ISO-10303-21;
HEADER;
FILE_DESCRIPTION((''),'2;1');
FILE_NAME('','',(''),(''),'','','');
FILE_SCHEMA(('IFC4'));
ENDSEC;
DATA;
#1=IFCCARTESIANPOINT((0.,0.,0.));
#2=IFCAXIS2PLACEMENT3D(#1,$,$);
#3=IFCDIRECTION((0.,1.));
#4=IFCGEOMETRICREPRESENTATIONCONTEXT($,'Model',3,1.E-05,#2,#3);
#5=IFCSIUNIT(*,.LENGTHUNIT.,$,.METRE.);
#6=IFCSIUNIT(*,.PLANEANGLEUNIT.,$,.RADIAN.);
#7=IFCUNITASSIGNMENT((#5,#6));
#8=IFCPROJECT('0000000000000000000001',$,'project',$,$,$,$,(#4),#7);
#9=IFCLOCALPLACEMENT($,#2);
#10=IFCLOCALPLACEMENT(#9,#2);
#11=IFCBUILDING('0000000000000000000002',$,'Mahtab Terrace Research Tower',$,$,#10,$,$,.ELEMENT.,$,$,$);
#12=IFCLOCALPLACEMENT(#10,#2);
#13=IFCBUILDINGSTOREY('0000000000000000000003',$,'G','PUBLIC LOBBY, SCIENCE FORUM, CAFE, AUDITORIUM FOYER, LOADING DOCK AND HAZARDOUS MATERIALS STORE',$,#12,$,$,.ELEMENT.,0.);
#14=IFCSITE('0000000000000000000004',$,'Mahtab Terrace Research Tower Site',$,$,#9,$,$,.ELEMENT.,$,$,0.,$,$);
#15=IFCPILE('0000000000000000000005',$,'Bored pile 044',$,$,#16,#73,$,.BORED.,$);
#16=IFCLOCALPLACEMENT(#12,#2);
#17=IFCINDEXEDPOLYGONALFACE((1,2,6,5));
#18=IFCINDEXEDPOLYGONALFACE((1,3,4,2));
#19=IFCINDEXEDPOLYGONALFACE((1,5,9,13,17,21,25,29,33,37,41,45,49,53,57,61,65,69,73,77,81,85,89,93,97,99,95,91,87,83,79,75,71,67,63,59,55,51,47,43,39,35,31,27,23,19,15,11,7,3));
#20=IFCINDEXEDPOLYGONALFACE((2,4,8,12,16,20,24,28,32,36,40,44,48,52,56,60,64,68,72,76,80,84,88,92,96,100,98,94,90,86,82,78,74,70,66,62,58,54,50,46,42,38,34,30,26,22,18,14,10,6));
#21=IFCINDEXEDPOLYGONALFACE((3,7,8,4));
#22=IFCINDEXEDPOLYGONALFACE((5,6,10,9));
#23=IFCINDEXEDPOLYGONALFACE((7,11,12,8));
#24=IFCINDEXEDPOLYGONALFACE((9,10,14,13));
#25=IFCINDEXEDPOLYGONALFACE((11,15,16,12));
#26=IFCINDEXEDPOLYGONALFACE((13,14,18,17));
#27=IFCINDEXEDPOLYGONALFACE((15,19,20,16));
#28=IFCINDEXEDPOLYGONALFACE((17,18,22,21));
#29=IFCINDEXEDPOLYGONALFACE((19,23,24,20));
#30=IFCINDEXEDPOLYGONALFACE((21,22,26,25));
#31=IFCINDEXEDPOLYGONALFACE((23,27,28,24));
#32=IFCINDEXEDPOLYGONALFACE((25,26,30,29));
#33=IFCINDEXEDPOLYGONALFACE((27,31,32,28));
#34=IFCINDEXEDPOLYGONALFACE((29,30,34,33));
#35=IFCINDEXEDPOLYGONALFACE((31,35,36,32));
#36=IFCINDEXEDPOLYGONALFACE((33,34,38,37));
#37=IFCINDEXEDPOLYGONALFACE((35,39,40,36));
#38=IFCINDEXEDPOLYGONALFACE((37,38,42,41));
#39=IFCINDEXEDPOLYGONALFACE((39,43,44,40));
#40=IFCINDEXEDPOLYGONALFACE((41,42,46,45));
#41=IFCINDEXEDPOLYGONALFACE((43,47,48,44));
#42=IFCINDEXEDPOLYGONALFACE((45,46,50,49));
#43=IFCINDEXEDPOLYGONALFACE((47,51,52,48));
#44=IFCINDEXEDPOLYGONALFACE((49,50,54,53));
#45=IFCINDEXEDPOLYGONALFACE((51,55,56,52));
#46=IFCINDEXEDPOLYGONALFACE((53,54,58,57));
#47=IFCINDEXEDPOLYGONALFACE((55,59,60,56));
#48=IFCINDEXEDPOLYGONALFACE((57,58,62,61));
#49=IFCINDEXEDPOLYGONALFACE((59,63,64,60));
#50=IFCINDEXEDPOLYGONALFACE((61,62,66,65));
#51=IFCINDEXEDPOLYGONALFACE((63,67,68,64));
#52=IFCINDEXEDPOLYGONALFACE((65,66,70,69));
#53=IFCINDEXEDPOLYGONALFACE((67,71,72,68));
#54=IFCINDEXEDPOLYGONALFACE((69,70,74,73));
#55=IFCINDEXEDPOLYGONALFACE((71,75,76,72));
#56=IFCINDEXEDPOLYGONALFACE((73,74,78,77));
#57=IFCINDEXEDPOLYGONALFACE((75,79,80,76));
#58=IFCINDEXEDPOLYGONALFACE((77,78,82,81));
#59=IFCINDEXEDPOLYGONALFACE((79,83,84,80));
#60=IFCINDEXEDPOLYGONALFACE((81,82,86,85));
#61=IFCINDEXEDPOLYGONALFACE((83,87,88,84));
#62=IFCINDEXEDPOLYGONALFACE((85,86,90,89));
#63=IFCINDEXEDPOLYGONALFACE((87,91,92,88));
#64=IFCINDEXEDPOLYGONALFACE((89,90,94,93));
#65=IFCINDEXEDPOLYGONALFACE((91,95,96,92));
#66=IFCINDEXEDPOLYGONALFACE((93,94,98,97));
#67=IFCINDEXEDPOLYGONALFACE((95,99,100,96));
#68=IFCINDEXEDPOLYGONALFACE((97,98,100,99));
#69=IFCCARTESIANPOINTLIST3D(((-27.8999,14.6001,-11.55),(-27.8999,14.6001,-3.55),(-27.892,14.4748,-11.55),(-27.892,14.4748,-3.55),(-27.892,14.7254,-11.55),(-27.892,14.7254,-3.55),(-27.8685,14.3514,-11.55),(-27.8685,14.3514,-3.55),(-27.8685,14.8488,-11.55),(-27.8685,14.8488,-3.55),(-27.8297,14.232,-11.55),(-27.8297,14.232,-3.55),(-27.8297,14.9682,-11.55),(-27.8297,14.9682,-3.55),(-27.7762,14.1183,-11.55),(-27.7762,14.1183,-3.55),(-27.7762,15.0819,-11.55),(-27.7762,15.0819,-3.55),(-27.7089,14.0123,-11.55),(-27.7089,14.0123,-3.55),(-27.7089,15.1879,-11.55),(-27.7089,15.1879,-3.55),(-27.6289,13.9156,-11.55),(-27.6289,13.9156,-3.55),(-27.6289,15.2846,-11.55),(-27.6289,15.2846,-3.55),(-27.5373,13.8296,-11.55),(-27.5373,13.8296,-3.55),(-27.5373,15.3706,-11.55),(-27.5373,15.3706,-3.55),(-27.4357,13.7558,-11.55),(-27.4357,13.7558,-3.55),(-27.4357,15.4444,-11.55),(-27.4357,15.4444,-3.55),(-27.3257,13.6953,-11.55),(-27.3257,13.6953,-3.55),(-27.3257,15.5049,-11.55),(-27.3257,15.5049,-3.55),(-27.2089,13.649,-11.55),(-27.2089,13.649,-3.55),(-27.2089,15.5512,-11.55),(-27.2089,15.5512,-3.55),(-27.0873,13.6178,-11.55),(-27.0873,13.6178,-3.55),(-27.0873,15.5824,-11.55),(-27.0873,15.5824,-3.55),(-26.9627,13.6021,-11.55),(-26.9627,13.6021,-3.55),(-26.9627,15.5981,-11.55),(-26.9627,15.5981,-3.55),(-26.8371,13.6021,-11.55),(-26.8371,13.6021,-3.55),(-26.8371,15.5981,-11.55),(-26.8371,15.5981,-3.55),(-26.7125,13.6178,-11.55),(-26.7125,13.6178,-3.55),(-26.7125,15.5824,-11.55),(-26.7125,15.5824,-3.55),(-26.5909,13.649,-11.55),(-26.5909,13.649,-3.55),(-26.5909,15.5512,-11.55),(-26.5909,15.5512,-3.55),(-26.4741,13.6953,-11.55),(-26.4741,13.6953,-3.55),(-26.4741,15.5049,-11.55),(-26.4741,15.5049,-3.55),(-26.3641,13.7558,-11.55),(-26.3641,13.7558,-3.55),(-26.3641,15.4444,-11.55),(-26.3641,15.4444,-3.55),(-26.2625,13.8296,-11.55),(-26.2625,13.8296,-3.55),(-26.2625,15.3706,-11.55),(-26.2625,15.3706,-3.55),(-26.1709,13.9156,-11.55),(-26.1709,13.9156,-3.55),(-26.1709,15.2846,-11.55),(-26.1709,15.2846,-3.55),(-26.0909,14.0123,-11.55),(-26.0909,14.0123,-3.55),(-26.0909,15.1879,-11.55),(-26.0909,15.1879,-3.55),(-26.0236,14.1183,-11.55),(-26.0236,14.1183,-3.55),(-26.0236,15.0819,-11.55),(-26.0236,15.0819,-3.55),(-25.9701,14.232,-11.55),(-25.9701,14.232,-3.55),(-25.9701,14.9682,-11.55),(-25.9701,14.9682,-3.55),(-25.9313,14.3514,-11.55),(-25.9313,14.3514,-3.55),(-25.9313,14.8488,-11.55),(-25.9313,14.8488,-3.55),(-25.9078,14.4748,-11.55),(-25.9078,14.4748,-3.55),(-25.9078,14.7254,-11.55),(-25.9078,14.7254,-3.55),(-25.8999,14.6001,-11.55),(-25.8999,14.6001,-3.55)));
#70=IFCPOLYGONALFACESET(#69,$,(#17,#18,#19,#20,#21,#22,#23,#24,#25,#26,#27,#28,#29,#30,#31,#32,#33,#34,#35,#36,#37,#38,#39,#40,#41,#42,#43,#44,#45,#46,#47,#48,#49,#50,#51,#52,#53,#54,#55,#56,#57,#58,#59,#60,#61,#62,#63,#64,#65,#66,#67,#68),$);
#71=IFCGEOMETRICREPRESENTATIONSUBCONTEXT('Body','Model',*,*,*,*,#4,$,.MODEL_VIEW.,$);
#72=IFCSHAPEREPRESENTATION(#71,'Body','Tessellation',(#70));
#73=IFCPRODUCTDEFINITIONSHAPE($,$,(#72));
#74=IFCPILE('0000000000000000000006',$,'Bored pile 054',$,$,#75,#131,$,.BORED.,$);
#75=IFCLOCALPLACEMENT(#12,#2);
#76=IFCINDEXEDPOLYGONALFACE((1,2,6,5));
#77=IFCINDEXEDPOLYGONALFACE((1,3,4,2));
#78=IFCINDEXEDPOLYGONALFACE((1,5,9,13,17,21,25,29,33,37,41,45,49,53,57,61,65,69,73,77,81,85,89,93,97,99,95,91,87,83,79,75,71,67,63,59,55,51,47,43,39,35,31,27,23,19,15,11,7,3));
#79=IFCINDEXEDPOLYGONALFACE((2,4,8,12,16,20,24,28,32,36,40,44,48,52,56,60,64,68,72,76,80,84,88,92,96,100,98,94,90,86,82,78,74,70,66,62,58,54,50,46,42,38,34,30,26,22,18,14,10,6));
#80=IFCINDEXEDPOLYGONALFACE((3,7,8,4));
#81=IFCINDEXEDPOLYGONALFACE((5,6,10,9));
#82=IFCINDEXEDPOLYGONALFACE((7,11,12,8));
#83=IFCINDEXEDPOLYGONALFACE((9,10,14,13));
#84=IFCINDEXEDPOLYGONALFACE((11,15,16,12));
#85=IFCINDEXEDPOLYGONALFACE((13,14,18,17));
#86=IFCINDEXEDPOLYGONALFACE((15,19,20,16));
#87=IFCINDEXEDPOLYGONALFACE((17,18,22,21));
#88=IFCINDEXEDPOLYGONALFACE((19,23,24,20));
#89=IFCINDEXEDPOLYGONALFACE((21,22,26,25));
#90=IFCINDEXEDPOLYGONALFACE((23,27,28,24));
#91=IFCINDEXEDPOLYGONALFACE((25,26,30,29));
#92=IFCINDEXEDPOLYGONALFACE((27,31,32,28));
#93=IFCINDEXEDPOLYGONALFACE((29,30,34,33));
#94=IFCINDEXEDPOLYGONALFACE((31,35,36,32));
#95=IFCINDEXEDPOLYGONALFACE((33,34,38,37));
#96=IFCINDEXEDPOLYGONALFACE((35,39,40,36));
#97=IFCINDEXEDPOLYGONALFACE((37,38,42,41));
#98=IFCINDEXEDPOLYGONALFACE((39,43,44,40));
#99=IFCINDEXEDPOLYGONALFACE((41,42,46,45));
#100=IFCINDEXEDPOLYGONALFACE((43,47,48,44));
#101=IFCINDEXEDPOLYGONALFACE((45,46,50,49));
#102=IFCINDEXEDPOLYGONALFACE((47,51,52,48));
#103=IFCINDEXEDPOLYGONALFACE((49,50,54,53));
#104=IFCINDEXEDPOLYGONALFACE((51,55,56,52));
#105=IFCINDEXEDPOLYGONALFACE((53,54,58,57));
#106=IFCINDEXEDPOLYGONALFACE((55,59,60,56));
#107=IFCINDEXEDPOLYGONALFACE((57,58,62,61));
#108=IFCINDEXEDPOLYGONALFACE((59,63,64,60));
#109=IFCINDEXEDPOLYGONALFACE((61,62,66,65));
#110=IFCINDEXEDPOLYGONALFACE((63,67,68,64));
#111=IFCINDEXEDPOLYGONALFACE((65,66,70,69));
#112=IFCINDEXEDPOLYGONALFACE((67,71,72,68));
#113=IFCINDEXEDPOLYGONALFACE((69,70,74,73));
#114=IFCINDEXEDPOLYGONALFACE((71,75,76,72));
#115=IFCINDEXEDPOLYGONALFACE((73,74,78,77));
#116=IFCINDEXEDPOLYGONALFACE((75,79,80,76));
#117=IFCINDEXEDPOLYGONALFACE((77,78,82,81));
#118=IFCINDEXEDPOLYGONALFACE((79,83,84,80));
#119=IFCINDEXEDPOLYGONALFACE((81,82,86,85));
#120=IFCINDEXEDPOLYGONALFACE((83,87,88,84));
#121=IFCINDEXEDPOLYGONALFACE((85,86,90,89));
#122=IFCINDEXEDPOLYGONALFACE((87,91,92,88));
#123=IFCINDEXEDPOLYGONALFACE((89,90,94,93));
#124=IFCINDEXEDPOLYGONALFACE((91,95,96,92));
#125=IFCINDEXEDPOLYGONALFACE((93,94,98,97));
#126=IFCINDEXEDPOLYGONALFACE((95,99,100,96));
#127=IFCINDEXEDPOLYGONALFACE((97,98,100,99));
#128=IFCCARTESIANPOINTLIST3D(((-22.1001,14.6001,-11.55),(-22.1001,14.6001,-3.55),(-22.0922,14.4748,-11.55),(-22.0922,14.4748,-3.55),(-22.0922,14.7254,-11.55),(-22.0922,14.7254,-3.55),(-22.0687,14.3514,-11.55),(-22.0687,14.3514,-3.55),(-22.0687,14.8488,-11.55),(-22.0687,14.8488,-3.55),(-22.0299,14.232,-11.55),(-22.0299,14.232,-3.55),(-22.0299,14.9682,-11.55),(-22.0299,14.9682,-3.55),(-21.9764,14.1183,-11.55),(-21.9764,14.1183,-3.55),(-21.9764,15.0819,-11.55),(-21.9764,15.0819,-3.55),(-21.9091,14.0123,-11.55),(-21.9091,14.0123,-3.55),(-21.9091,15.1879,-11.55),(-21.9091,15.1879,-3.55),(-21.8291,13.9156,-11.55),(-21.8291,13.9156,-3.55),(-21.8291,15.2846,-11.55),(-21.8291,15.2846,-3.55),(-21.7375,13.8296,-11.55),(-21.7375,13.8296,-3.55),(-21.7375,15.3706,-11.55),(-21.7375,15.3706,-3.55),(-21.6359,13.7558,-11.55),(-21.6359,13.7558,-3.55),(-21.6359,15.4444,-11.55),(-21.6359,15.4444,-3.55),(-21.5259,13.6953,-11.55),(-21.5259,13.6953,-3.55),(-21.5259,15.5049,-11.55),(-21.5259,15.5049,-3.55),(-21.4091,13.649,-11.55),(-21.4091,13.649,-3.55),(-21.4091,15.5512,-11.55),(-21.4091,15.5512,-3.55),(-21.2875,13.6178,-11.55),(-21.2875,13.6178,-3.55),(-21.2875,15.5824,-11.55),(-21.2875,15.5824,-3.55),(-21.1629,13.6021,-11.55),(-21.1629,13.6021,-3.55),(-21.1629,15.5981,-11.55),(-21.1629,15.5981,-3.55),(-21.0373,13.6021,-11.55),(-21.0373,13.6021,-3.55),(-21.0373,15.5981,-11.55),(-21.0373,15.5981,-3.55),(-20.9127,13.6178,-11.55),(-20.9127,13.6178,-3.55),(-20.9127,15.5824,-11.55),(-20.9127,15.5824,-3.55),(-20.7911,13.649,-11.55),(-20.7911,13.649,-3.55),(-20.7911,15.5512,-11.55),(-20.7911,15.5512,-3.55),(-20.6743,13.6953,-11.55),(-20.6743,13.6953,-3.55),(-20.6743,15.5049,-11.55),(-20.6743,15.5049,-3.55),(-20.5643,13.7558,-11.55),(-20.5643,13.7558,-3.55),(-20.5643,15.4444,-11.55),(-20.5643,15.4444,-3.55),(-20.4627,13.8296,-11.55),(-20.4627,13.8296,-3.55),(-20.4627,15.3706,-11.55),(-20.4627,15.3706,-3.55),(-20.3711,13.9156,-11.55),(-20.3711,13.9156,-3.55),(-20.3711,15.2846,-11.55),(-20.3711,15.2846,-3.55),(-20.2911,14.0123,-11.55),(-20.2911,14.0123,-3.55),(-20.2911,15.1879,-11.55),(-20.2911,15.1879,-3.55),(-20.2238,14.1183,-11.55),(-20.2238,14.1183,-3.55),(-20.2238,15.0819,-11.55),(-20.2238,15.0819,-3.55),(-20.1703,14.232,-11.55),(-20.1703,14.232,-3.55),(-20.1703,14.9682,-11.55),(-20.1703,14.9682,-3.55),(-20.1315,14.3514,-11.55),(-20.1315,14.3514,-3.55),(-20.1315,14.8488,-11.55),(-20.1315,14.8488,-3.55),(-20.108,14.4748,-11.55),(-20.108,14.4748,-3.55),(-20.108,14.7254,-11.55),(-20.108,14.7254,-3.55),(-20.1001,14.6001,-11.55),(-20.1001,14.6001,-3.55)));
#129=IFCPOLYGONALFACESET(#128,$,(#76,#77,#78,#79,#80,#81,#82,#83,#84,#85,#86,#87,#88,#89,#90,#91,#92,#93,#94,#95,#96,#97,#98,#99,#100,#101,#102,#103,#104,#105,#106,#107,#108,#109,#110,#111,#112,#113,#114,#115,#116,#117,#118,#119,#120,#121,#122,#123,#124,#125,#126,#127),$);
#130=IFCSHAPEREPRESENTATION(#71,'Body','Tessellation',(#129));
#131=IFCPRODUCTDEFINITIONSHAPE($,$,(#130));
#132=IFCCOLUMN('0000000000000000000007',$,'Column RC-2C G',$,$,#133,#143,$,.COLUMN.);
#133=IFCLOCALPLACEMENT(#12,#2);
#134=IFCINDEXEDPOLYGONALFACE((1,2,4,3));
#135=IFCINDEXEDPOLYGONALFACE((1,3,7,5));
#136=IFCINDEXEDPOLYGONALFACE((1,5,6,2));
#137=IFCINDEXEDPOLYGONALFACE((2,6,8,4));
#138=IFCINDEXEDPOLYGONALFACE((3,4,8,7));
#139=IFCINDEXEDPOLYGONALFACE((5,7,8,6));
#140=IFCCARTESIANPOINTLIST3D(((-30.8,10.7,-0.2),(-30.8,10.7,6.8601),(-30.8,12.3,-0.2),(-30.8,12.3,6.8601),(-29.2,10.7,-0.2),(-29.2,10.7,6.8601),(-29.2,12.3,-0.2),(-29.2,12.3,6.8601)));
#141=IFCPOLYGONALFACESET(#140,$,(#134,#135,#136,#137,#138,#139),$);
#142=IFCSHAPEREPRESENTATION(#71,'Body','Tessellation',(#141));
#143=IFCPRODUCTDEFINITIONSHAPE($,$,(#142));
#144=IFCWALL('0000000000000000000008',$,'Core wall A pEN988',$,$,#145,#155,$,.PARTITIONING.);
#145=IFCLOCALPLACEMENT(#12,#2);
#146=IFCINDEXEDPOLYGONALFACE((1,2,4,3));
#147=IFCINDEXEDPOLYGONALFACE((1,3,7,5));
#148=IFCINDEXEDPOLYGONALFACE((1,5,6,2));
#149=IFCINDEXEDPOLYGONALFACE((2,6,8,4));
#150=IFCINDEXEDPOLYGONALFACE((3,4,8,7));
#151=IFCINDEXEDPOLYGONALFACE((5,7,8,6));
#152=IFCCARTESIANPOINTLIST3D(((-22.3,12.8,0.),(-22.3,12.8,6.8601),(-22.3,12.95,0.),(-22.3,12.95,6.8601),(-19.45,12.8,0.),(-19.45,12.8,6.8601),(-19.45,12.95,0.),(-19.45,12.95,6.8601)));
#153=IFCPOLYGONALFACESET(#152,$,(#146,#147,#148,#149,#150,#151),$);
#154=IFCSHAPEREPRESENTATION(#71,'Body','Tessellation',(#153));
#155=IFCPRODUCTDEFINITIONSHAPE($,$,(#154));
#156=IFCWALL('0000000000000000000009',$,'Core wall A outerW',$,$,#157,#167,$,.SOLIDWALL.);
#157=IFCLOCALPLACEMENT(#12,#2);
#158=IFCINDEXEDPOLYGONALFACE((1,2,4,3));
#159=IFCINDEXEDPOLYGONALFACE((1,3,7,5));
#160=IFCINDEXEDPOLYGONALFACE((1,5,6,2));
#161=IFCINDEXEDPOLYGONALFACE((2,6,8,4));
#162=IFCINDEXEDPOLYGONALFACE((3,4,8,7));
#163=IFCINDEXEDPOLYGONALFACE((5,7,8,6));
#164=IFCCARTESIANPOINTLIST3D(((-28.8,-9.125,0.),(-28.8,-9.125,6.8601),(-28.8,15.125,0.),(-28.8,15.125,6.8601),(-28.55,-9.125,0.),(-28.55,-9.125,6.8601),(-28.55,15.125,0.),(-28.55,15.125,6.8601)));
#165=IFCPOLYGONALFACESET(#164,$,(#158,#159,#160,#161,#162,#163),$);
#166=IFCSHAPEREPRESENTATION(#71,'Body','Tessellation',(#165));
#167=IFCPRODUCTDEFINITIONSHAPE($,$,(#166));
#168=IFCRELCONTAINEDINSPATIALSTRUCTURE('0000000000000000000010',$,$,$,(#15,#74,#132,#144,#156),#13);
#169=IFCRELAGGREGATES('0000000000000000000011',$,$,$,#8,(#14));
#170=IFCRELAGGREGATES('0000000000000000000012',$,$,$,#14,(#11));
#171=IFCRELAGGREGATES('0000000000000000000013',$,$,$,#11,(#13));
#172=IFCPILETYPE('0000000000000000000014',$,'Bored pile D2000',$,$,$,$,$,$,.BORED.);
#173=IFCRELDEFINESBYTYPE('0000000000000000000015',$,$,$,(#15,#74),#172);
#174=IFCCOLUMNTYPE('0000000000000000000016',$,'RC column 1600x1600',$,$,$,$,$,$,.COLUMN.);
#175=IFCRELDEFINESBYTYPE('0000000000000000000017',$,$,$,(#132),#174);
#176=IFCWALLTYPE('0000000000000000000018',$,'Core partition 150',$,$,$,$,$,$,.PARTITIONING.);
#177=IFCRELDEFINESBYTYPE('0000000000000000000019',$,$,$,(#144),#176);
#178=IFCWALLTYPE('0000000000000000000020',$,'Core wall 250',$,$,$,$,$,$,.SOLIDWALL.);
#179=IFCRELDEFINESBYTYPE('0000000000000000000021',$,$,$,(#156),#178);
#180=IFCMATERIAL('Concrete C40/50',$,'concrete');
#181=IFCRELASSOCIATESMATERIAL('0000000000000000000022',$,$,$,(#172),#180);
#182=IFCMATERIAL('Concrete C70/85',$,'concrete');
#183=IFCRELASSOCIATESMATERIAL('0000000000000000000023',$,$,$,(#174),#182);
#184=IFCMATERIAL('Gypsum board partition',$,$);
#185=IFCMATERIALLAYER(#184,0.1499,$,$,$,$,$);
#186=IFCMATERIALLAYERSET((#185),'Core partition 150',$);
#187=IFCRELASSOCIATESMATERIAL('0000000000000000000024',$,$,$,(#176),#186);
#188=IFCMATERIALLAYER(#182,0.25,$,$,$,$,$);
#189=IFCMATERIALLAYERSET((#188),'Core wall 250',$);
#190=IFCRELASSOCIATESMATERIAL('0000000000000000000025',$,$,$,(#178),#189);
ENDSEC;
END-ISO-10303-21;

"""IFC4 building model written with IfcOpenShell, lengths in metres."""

from ifc_helpers import new_model, si_unit, direction, frame, frame_2d, origin, origin_2d, place, context, subcontext, project, spatial, rectangle, circle, extrude, material, layer, layer_set, material_profile, profile_set, type_object, element, save


model = new_model("IFC4")

# Units and contexts
model_context = context("Model", 3, precision=1e-05, world=origin(), true_north=direction((0.0, 1.0)))
body_context = subcontext(model_context, "Body", "Model", "MODEL_VIEW")
ifc_project = project(units=[si_unit("LENGTHUNIT", "METRE"), si_unit("PLANEANGLEUNIT", "RADIAN")], contexts=[model_context])

# Site, building, storey
site_placement = place(None, origin())
site = spatial("IfcSite", under=ifc_project, at=site_placement, Name="Mahtab Terrace Research Tower Site", CompositionType="ELEMENT", RefElevation=0.0)
building_placement = place(site_placement, origin())
building = spatial("IfcBuilding", under=site, at=building_placement, Name="Mahtab Terrace Research Tower", CompositionType="ELEMENT")
storey_placement = place(building_placement, origin())
storey = spatial("IfcBuildingStorey", under=building, at=storey_placement, Name="G", Description="PUBLIC LOBBY, SCIENCE FORUM, CAFE, AUDITORIUM FOYER, LOADING DOCK AND HAZARDOUS MATERIALS STORE", CompositionType="ELEMENT", Elevation=0.0)

# Piles
ifc_material_1 = material(Name="Concrete C40/50", Category="concrete")
ifc_material_profile_1 = material_profile(ifc_material_1, circle(Radius=1.0, at=origin_2d()), Name="Bored pile D2000")
ifc_profile_set_1 = profile_set([ifc_material_profile_1], Name="Concrete C40/50")
pile_type = type_object("IfcPileType", Name="Bored pile D2000", PredefinedType="BORED", material=ifc_profile_set_1)
for number, where, z_axis, x_axis, name in (
    (1, (-26.8999, 14.6001, -3.55), (0.0, 0.0, -1.0), (1.0, 0.0, 0.0), "Bored pile 044"),
    (2, (-21.1001, 14.6001, -3.55), (0.0, 0.0, -1.0), (1.0, 0.0, 0.0), "Bored pile 054"),
):
    element("IfcPile", number, at=place(storey_placement, frame(where, z_axis=z_axis, x_axis=x_axis)), inside=storey, type_object=pile_type, Name=name, PredefinedType="BORED", context=body_context, shape_type="SweptSolid", body=[
        extrude(circle(Radius=1.0, at=origin_2d()), origin(), (0.0, 0.0, 1.0), 8.0),
    ])

# Column
ifc_material_2 = material(Name="Concrete C70/85", Category="concrete")
ifc_material_profile_2 = material_profile(ifc_material_2, rectangle(XDim=1.6001, YDim=1.6001, at=origin_2d()), Name="RC column 1600x1600")
ifc_profile_set_2 = profile_set([ifc_material_profile_2], Name="Concrete C70/85")
column_type = type_object("IfcColumnType", Name="RC column 1600x1600", PredefinedType="COLUMN", material=ifc_profile_set_2)
column_placement = place(storey_placement, frame((-30.0, 11.5, -0.2), z_axis=(0.0, 0.0, 1.0), x_axis=(1.0, 0.0, 0.0)))
element("IfcColumn", 3, at=column_placement, inside=storey, type_object=column_type, Name="Column RC-2C G", PredefinedType="COLUMN", context=body_context, shape_type="SweptSolid", body=[
    extrude(rectangle(XDim=1.6001, YDim=1.6001, at=origin_2d()), origin(), (0.0, 0.0, 1.0), 7.0601),
])

# Walls
ifc_material_3 = material(Name="Gypsum board partition")
ifc_layer_1 = layer(ifc_material_3, 0.1499)
ifc_layer_set_1 = layer_set([ifc_layer_1], Name="Core partition 150")
wall_type_1 = type_object("IfcWallType", Name="Core partition 150", PredefinedType="PARTITIONING", material=ifc_layer_set_1)
wall_1_placement = place(storey_placement, frame((-22.3, 12.875, 0.0), z_axis=(0.0, 0.0, 1.0), x_axis=(1.0, 0.0, 0.0)))
element("IfcWall", 4, at=wall_1_placement, inside=storey, type_object=wall_type_1, Name="Core wall A pEN988", PredefinedType="PARTITIONING", context=body_context, shape_type="SweptSolid", body=[
    extrude(rectangle(XDim=2.8501, YDim=0.1499, at=frame_2d((1.425, 0.0))), origin(), (0.0, 0.0, 1.0), 6.8601),
])
ifc_layer_2 = layer(ifc_material_2, 0.25)
ifc_layer_set_2 = layer_set([ifc_layer_2], Name="Core wall 250")
wall_type_2 = type_object("IfcWallType", Name="Core wall 250", PredefinedType="SOLIDWALL", material=ifc_layer_set_2)
wall_2_placement = place(storey_placement, frame((-28.675, 15.125, 0.0), z_axis=(0.0, 0.0, 1.0), x_axis=(0.0, -1.0, 0.0)))
element("IfcWall", 5, at=wall_2_placement, inside=storey, type_object=wall_type_2, Name="Core wall A outerW", PredefinedType="SOLIDWALL", context=body_context, shape_type="SweptSolid", body=[
    extrude(rectangle(XDim=24.25, YDim=0.25, at=frame_2d((12.125, 0.0))), origin(), (0.0, 0.0, 1.0), 6.8601),
])

save(model, "model.ifc")
